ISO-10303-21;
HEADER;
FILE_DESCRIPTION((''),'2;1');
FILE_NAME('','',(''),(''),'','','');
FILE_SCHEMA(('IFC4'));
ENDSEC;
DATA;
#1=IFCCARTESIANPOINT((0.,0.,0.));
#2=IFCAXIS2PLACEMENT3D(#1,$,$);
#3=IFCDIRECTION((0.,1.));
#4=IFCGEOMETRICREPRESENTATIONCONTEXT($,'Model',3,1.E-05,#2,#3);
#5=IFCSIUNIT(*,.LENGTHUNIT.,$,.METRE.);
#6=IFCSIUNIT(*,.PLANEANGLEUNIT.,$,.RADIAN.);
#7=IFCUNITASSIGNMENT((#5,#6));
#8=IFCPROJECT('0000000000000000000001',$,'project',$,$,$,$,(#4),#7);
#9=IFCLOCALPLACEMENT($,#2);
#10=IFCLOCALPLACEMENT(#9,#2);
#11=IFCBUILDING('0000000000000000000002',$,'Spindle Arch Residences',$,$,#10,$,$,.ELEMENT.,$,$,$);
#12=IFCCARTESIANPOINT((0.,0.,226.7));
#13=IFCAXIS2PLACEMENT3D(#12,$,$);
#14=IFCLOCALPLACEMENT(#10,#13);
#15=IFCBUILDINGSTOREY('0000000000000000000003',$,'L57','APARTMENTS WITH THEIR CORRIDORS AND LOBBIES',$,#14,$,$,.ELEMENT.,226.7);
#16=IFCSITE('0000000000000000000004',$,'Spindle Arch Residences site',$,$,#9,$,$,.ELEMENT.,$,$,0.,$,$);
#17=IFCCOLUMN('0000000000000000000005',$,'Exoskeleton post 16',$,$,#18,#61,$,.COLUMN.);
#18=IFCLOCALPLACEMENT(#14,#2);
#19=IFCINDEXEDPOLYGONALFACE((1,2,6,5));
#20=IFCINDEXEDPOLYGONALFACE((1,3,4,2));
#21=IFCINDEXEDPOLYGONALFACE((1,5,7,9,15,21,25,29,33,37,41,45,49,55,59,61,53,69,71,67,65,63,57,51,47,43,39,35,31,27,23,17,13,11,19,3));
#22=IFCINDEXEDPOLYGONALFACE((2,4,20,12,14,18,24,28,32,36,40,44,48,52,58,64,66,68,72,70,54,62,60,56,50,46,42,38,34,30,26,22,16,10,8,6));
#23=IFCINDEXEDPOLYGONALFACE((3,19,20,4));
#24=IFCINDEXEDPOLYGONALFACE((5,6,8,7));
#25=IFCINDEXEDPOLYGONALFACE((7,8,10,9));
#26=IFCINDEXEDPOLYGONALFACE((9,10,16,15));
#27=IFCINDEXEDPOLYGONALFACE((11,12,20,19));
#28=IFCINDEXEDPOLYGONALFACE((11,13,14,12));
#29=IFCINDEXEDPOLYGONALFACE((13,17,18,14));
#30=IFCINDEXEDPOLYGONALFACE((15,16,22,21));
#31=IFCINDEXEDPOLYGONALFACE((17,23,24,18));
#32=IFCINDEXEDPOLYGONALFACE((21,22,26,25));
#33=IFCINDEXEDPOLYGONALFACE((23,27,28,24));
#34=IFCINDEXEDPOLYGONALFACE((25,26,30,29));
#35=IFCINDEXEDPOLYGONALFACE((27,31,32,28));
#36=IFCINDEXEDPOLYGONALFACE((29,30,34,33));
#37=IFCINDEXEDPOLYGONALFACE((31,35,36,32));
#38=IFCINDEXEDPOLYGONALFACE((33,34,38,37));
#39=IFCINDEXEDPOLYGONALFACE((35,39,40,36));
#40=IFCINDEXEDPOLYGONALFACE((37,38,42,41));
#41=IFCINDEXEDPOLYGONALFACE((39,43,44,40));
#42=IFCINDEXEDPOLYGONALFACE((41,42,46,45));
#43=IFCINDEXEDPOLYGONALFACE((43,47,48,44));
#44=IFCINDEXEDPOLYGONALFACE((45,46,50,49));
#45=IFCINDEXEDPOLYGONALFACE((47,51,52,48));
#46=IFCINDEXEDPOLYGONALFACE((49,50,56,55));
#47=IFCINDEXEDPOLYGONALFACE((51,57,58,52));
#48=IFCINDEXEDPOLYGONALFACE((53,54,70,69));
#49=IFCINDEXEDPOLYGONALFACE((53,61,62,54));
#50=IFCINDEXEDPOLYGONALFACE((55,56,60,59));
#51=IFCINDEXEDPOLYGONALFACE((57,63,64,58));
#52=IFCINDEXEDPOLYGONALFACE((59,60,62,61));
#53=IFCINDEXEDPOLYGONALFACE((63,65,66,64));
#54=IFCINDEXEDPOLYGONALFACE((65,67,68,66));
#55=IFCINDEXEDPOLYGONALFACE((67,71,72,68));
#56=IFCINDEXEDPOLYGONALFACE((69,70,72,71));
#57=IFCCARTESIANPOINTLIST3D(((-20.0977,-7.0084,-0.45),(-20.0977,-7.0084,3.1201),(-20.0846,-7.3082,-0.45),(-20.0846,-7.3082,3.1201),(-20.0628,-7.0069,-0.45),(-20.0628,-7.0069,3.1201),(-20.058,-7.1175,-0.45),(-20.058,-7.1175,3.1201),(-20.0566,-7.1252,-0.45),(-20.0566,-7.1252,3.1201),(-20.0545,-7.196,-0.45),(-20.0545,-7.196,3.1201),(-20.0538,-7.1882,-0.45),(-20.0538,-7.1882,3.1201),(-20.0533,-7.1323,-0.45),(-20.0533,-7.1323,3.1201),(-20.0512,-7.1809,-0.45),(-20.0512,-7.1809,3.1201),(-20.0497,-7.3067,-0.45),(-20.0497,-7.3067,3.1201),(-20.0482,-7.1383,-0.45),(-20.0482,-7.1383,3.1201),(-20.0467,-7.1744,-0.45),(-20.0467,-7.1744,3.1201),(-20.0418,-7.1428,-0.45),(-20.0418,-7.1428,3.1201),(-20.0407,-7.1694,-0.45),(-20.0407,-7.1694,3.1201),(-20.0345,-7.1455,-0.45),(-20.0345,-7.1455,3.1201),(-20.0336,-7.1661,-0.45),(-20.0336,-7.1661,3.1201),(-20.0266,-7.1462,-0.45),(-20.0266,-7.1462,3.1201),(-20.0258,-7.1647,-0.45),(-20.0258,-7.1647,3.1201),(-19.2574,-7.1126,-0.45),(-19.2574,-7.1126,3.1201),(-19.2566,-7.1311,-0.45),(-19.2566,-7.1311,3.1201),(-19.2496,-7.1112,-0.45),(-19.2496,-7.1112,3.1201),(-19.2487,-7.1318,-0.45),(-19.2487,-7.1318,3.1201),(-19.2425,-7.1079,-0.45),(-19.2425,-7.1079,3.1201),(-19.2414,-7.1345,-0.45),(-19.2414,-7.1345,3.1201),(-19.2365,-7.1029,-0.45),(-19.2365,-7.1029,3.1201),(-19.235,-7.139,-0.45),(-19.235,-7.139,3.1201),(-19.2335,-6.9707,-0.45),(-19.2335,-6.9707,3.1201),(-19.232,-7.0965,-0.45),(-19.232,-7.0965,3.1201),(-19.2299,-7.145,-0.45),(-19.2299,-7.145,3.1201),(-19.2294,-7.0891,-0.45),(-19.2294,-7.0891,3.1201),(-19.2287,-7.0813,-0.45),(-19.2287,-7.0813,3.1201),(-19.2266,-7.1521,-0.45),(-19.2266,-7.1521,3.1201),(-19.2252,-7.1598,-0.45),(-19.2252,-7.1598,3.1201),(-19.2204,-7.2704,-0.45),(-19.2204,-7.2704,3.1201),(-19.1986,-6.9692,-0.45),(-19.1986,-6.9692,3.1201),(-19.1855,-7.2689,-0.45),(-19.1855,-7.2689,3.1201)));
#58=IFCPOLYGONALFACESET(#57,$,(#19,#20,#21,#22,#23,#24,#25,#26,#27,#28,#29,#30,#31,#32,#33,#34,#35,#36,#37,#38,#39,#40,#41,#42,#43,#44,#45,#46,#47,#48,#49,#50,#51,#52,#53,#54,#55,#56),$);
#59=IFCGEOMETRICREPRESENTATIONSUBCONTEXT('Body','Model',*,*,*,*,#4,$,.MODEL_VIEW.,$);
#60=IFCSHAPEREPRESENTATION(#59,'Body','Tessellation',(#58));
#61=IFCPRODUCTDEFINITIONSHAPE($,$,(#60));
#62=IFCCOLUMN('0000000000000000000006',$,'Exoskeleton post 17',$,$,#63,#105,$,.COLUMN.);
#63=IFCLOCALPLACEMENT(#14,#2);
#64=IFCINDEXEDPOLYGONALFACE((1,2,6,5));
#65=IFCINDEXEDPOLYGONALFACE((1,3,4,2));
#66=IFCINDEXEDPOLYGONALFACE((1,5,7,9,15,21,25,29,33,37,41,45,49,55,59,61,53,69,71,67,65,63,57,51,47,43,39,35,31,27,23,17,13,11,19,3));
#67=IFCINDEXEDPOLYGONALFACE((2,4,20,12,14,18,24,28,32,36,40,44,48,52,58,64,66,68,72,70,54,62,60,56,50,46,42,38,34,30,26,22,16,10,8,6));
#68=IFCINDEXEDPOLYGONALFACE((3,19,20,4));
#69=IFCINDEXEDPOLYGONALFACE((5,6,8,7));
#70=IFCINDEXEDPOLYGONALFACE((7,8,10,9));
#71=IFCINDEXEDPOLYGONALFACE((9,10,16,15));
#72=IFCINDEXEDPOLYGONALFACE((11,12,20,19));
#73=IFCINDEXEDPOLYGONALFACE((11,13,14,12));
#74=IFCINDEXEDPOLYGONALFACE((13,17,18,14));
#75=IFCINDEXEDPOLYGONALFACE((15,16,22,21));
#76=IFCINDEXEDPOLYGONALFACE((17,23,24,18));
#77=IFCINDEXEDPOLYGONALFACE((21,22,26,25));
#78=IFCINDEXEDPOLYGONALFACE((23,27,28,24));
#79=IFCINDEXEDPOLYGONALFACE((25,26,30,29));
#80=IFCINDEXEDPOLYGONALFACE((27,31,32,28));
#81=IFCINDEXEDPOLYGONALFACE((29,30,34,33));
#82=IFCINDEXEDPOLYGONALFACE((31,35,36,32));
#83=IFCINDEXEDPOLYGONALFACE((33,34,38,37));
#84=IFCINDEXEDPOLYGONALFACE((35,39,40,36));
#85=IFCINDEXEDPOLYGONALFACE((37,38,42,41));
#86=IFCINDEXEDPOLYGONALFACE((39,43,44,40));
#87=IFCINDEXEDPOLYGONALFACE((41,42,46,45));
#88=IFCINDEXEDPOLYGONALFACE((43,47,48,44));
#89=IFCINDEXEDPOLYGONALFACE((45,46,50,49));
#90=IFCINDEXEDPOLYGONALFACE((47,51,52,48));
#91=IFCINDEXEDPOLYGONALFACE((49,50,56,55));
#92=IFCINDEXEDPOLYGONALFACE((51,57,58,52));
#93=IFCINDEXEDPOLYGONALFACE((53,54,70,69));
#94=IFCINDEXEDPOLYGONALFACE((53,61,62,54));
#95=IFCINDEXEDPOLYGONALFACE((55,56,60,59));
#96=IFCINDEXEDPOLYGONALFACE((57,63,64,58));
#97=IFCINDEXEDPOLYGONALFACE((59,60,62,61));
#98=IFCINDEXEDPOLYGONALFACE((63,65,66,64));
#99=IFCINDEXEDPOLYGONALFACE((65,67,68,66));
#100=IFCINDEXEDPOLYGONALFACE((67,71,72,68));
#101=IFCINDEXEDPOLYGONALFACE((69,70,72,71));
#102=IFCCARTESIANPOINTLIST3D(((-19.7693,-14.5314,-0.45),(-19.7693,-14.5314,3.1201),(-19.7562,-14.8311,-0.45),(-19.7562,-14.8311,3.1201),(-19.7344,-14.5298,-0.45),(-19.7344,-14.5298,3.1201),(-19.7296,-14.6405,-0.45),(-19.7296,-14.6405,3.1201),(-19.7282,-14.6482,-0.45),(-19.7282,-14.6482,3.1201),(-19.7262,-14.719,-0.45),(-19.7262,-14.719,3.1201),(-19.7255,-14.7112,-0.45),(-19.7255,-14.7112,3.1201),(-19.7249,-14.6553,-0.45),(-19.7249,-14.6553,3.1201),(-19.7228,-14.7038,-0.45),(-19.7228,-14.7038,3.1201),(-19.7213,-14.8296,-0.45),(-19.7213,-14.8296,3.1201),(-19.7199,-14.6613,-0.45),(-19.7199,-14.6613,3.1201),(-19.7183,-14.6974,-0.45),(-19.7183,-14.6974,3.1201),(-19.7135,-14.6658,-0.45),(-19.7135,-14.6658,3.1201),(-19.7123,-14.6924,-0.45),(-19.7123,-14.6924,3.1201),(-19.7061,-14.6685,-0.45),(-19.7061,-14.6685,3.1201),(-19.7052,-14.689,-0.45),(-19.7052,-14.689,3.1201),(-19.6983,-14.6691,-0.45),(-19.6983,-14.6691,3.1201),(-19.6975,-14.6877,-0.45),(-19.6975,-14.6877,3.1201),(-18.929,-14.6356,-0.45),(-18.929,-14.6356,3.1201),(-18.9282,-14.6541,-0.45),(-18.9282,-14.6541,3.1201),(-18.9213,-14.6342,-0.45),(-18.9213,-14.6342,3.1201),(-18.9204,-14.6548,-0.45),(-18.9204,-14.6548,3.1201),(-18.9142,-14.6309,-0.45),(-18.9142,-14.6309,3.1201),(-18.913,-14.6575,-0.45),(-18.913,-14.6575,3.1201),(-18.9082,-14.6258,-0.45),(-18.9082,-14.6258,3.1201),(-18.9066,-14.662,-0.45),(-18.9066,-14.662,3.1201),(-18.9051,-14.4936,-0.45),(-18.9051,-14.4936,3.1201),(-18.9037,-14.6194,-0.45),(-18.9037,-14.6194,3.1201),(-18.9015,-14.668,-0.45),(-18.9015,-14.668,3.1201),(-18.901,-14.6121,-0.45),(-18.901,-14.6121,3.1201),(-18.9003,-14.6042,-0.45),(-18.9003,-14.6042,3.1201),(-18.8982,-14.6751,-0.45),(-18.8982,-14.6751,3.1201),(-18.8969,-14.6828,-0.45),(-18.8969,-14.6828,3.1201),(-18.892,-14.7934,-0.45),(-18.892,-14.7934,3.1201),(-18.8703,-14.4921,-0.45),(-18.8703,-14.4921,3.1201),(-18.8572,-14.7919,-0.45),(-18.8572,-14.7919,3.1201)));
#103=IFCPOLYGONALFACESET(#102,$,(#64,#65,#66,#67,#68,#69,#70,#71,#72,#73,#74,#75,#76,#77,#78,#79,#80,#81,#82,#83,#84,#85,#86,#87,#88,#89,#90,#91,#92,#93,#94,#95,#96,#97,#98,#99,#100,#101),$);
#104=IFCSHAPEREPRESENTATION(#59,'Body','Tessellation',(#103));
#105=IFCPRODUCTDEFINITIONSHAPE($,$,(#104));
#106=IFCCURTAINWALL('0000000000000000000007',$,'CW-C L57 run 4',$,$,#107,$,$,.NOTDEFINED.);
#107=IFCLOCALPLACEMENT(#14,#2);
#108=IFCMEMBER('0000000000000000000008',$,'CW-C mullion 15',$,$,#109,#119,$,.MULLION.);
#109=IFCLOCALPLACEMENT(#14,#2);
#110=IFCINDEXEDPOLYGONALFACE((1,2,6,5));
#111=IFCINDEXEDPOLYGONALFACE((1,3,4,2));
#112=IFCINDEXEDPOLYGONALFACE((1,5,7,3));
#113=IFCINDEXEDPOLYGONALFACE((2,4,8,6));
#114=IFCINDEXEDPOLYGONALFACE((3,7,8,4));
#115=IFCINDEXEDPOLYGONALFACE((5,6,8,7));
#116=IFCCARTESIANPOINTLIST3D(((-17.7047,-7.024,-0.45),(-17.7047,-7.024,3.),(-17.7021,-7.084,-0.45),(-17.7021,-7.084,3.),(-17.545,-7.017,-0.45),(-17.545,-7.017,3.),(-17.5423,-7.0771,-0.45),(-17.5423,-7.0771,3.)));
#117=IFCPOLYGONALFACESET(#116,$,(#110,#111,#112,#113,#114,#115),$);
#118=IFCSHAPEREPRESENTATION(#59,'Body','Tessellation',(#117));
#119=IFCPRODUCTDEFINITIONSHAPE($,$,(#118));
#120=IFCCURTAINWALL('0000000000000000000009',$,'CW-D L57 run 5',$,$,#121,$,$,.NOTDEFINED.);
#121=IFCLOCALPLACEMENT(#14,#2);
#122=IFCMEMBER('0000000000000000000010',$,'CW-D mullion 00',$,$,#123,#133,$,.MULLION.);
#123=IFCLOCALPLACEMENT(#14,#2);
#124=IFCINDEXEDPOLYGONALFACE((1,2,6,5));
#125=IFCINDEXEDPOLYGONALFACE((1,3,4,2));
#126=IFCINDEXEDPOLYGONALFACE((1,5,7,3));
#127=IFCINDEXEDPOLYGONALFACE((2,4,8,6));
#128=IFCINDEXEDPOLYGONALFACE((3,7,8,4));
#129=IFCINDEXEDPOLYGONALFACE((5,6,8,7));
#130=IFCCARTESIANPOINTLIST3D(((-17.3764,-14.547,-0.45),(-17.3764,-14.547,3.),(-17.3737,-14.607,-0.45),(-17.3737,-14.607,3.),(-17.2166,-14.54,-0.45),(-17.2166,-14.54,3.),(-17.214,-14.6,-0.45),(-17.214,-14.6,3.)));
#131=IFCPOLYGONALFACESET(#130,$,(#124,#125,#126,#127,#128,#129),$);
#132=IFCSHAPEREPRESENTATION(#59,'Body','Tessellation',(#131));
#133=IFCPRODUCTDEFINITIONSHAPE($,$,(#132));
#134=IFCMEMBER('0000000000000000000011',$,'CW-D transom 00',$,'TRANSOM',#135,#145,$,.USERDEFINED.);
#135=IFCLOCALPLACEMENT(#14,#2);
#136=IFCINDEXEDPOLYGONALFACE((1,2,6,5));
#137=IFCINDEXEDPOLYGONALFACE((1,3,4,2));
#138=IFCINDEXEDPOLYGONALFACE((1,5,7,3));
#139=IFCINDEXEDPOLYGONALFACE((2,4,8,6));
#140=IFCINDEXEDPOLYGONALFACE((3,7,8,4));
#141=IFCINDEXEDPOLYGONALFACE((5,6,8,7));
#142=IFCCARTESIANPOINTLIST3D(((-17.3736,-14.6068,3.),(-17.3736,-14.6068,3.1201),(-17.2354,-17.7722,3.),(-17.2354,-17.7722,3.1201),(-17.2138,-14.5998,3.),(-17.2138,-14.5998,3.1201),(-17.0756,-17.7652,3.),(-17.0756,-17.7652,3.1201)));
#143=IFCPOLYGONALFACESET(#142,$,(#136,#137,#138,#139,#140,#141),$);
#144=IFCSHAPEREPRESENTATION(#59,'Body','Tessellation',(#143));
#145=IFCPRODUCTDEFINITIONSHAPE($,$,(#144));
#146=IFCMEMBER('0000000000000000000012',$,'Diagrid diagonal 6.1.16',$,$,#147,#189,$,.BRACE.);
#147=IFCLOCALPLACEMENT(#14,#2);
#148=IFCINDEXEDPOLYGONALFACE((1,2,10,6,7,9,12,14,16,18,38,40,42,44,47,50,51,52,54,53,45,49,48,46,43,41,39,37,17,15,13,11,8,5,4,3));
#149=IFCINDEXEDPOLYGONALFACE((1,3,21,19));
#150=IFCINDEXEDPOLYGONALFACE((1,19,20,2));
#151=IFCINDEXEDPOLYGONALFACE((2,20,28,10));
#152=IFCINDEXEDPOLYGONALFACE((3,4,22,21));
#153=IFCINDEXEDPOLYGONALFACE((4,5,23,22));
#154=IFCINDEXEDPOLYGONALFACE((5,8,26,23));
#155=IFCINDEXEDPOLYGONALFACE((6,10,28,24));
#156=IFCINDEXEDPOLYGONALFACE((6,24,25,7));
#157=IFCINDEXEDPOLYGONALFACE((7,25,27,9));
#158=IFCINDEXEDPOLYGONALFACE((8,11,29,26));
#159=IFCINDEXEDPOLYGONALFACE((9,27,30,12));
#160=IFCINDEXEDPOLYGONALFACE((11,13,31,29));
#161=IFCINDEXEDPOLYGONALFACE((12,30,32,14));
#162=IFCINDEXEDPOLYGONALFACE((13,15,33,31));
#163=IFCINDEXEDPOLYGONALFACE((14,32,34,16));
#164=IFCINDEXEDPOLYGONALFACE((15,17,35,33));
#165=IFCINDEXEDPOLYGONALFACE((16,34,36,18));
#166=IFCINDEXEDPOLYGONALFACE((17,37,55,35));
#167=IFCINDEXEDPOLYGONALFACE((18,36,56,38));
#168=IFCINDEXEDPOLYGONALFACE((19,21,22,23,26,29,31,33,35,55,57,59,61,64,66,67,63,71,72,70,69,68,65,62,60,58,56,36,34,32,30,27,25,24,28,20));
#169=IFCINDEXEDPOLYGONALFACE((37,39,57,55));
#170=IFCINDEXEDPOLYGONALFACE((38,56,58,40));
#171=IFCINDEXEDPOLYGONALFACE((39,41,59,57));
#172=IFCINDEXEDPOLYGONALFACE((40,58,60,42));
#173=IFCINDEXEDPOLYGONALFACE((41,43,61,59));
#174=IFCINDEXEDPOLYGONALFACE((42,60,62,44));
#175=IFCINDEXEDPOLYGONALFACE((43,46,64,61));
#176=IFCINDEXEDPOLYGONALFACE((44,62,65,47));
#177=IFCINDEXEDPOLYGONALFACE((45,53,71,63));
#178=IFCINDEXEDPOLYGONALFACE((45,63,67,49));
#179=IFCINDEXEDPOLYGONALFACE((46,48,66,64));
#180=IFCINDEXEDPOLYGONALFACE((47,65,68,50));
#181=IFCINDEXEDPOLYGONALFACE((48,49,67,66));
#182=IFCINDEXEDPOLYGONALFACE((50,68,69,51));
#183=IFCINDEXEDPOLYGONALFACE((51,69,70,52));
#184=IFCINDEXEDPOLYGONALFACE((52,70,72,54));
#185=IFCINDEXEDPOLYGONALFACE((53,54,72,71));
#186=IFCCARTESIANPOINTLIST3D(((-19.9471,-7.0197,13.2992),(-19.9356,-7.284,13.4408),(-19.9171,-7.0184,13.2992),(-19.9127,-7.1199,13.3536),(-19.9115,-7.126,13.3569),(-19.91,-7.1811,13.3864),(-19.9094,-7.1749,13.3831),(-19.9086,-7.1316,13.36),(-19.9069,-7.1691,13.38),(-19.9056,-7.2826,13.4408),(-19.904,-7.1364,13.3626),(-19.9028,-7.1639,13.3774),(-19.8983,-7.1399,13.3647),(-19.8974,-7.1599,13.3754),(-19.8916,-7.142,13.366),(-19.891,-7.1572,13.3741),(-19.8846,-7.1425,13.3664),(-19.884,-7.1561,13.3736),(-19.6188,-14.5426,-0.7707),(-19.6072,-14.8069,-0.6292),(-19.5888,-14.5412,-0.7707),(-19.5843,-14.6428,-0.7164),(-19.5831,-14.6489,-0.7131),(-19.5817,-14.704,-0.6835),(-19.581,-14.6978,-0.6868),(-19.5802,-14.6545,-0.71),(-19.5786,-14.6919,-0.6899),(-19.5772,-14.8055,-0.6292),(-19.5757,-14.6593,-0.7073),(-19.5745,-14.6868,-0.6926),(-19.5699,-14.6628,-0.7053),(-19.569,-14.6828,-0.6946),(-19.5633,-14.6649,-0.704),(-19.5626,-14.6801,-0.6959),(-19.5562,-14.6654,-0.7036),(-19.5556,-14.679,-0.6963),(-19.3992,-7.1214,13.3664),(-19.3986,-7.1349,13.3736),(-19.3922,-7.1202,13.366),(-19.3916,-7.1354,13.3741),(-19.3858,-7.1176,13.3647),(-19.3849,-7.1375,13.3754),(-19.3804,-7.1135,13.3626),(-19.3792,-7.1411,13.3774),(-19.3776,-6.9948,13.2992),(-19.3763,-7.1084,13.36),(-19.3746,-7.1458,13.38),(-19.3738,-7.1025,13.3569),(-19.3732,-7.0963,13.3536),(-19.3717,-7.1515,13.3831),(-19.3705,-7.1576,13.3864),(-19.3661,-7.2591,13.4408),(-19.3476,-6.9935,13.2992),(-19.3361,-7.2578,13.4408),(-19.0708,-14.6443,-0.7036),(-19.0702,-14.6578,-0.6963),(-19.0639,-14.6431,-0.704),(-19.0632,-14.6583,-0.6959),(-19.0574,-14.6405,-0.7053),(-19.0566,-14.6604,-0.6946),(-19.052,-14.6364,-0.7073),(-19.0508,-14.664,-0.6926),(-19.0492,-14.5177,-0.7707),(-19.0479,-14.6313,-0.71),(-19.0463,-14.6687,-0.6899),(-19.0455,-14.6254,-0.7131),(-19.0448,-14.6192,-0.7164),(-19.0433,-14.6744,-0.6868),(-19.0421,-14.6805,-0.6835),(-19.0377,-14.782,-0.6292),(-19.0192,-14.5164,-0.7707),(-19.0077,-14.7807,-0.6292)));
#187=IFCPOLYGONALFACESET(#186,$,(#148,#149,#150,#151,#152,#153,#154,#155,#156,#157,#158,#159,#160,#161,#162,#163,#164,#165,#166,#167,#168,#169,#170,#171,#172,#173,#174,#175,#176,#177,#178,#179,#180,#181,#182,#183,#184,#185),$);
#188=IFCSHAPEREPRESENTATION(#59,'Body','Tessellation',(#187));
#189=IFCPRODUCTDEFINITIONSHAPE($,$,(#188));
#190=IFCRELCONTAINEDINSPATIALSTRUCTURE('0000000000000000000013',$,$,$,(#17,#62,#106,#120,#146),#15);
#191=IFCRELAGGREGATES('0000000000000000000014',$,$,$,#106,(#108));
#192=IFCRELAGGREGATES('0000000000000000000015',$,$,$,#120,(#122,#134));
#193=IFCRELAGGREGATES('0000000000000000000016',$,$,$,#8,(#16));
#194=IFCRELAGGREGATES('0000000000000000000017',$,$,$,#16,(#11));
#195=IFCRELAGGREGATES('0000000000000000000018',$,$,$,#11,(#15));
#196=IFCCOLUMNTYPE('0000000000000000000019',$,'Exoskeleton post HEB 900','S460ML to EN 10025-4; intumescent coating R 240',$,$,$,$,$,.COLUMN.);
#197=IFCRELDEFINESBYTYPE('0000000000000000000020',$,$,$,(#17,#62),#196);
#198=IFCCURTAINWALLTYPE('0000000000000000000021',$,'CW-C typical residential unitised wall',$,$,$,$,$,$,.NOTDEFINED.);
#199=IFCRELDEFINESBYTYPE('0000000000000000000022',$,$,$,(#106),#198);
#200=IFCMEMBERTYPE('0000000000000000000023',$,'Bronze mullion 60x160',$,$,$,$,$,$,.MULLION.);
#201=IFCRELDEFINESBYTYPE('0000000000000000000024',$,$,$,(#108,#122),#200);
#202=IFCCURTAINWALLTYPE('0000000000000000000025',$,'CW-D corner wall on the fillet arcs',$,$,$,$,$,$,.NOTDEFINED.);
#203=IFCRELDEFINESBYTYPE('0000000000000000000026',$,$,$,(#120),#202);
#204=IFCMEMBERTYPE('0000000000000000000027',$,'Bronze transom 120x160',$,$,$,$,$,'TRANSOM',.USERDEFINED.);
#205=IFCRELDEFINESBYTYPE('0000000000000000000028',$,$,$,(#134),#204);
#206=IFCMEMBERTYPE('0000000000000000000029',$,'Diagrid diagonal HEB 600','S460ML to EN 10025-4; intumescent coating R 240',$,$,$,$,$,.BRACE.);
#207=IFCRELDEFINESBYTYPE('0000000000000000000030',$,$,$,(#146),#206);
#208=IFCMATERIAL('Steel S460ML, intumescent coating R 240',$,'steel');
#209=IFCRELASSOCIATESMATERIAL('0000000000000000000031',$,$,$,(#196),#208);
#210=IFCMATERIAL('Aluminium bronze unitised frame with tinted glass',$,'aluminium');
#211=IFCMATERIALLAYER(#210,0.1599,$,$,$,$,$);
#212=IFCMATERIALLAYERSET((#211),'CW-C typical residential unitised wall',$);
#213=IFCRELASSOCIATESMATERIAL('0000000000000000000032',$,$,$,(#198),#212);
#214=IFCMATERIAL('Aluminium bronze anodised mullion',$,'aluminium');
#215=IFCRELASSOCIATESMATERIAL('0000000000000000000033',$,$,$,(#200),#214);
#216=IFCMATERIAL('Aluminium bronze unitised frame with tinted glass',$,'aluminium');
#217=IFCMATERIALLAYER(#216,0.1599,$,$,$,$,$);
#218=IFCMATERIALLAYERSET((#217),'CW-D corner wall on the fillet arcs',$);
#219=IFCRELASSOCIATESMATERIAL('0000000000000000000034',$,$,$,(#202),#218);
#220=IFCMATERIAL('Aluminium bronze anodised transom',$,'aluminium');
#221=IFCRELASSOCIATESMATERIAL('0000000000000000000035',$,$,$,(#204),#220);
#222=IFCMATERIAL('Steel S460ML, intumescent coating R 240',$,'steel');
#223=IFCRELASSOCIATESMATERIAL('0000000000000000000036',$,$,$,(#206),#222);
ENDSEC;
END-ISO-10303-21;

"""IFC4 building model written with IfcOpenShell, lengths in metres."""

from ifc_helpers import new_model, si_unit, direction, frame, origin, origin_2d, place, context, subcontext, project, spatial, rectangle, i_section, extrude, material, layer, layer_set, material_profile, profile_set, type_object, element, aggregate, save


model = new_model("IFC4")

# Units and contexts
model_context = context("Model", 3, precision=1e-05, world=origin(), true_north=direction((0.0, 1.0)))
body_context = subcontext(model_context, "Body", "Model", "MODEL_VIEW")
ifc_project = project(units=[si_unit("LENGTHUNIT", "METRE"), si_unit("PLANEANGLEUNIT", "RADIAN")], contexts=[model_context])

# Site, building, storey
site_placement = place(None, origin())
site = spatial("IfcSite", under=ifc_project, at=site_placement, Name="Spindle Arch Residences site", CompositionType="ELEMENT", RefElevation=0.0)
building_placement = place(site_placement, origin())
building = spatial("IfcBuilding", under=site, at=building_placement, Name="Spindle Arch Residences", CompositionType="ELEMENT")
storey_placement = place(building_placement, frame((0.0, 0.0, 226.7)))
storey = spatial("IfcBuildingStorey", under=building, at=storey_placement, Name="L57", Description="APARTMENTS WITH THEIR CORRIDORS AND LOBBIES", CompositionType="ELEMENT", Elevation=226.7)

# Columns
ifc_material_1 = material(Name="Steel S460ML, intumescent coating R 240", Category="steel")
ifc_material_profile_1 = material_profile(ifc_material_1, i_section(OverallWidth=0.3, OverallDepth=0.8999, WebThickness=0.0186, FlangeThickness=0.0349, FilletRadius=0.03, at=origin_2d()), Name="HEB 900")
ifc_profile_set_1 = profile_set([ifc_material_profile_1], Name="Steel S460ML, intumescent coating R 240")
column_type = type_object("IfcColumnType", Name="Exoskeleton post HEB 900", Description="S460ML to EN 10025-4; intumescent coating R 240", PredefinedType="COLUMN", material=ifc_profile_set_1)
for number, where, z_axis, x_axis, name in (
    (1, (-19.6416, -7.1387, -0.45), (0.0, 0.0, 1.0), (-0.043619, 0.999048, 0.0), "Exoskeleton post 16"),
    (2, (-19.3132, -14.6616, -0.45), (0.0, 0.0, 1.0), (-0.043619, 0.999048, 0.0), "Exoskeleton post 17"),
):
    element("IfcColumn", number, at=place(storey_placement, frame(where, z_axis=z_axis, x_axis=x_axis)), inside=storey, type_object=column_type, Name=name, PredefinedType="COLUMN", context=body_context, shape_type="SweptSolid", body=[
        extrude(i_section(OverallWidth=0.3, OverallDepth=0.8999, WebThickness=0.0186, FlangeThickness=0.0349, FilletRadius=0.03, at=origin_2d()), origin(), (0.0, 0.0, 1.0), 3.5701),
    ])

# Curtain wall, member
ifc_material_2 = material(Name="Aluminium bronze unitised frame with tinted glass", Category="aluminium")
ifc_layer_1 = layer(ifc_material_2, 0.1599)
ifc_layer_set_1 = layer_set([ifc_layer_1], Name="CW-C typical residential unitised wall")
curtain_wall_type_1 = type_object("IfcCurtainWallType", Name="CW-C typical residential unitised wall", PredefinedType="NOTDEFINED", material=ifc_layer_set_1)
curtain_wall_1_placement = place(storey_placement, origin())
curtain_wall_1 = element("IfcCurtainWall", 3, at=curtain_wall_1_placement, inside=storey, type_object=curtain_wall_type_1, Name="CW-C L57 run 4", PredefinedType="NOTDEFINED")
ifc_material_3 = material(Name="Aluminium bronze anodised mullion", Category="aluminium")
ifc_material_profile_2 = material_profile(ifc_material_3, rectangle(XDim=0.1599, YDim=0.0601, at=origin_2d()), Name="MU 60x160")
ifc_profile_set_2 = profile_set([ifc_material_profile_2], Name="Aluminium bronze anodised mullion")
member_type_1 = type_object("IfcMemberType", Name="Bronze mullion 60x160", PredefinedType="MULLION", material=ifc_profile_set_2)
member_1_placement = place(storey_placement, frame((-17.6235, -7.0505, -0.45), z_axis=(0.0, 0.0, 1.0), x_axis=(0.999048, 0.043619, 0.0)))
member_1 = element("IfcMember", 4, at=member_1_placement, type_object=member_type_1, Name="CW-C mullion 15", PredefinedType="MULLION", context=body_context, shape_type="SweptSolid", body=[
    extrude(rectangle(XDim=0.1599, YDim=0.0601, at=origin_2d()), origin(), (0.0, 0.0, 1.0), 3.45),
])

# Curtain wall, members
ifc_material_4 = material(Name="Aluminium bronze unitised frame with tinted glass", Category="aluminium")
ifc_layer_2 = layer(ifc_material_4, 0.1599)
ifc_layer_set_2 = layer_set([ifc_layer_2], Name="CW-D corner wall on the fillet arcs")
curtain_wall_type_2 = type_object("IfcCurtainWallType", Name="CW-D corner wall on the fillet arcs", PredefinedType="NOTDEFINED", material=ifc_layer_set_2)
curtain_wall_2_placement = place(storey_placement, origin())
curtain_wall_2 = element("IfcCurtainWall", 5, at=curtain_wall_2_placement, inside=storey, type_object=curtain_wall_type_2, Name="CW-D L57 run 5", PredefinedType="NOTDEFINED")
member_2_placement = place(storey_placement, frame((-17.2952, -14.5735, -0.45), z_axis=(0.0, 0.0, 1.0), x_axis=(0.999048, 0.043619, 0.0)))
member_2 = element("IfcMember", 6, at=member_2_placement, type_object=member_type_1, Name="CW-D mullion 00", PredefinedType="MULLION", context=body_context, shape_type="SweptSolid", body=[
    extrude(rectangle(XDim=0.1599, YDim=0.0601, at=origin_2d()), origin(), (0.0, 0.0, 1.0), 3.45),
])
ifc_material_5 = material(Name="Aluminium bronze anodised transom", Category="aluminium")
ifc_material_profile_3 = material_profile(ifc_material_5, rectangle(XDim=0.1599, YDim=0.1201, at=origin_2d()), Name="TR 120x160")
ifc_profile_set_3 = profile_set([ifc_material_profile_3], Name="Aluminium bronze anodised transom")
member_type_2 = type_object("IfcMemberType", Name="Bronze transom 120x160", ElementType="TRANSOM", PredefinedType="USERDEFINED", material=ifc_profile_set_3)
member_3_placement = place(storey_placement, frame((-17.2937, -14.6033, 3.0601), z_axis=(0.043611, -0.999049, 0.0), x_axis=(0.999049, 0.043611, 0.0)))
member_3 = element("IfcMember", 7, at=member_3_placement, type_object=member_type_2, Name="CW-D transom 00", ObjectType="TRANSOM", PredefinedType="USERDEFINED", context=body_context, shape_type="SweptSolid", body=[
    extrude(rectangle(XDim=0.1599, YDim=0.1201, at=origin_2d()), origin(), (0.0, 0.0, 1.0), 3.1685),
])

# Member
ifc_material_6 = material(Name="Steel S460ML, intumescent coating R 240", Category="steel")
ifc_material_profile_4 = material_profile(ifc_material_6, i_section(OverallWidth=0.3, OverallDepth=0.6001, WebThickness=0.0154, FlangeThickness=0.03, FilletRadius=0.0271, at=origin_2d()), Name="HEB 600")
ifc_profile_set_4 = profile_set([ifc_material_profile_4], Name="Steel S460ML, intumescent coating R 240")
member_type_3 = type_object("IfcMemberType", Name="Diagrid diagonal HEB 600", Description="S460ML to EN 10025-4; intumescent coating R 240", PredefinedType="BRACE", material=ifc_profile_set_4)
member_4_placement = place(storey_placement, frame((-19.3132, -14.6616, -0.7), z_axis=(-0.020577, 0.471411, 0.881674), x_axis=(0.038448, -0.880835, 0.47186)))
element("IfcMember", 8, at=member_4_placement, inside=storey, type_object=member_type_3, Name="Diagrid diagonal 6.1.16", PredefinedType="BRACE", context=body_context, shape_type="SweptSolid", body=[
    extrude(i_section(OverallWidth=0.3, OverallDepth=0.6001, WebThickness=0.0154, FlangeThickness=0.03, FilletRadius=0.0271, at=origin_2d()), origin(), (0.0, 0.0, 1.0), 15.9583),
])

aggregate(curtain_wall_1, [member_1])
aggregate(curtain_wall_2, [member_2, member_3])

save(model, "model.ifc")
